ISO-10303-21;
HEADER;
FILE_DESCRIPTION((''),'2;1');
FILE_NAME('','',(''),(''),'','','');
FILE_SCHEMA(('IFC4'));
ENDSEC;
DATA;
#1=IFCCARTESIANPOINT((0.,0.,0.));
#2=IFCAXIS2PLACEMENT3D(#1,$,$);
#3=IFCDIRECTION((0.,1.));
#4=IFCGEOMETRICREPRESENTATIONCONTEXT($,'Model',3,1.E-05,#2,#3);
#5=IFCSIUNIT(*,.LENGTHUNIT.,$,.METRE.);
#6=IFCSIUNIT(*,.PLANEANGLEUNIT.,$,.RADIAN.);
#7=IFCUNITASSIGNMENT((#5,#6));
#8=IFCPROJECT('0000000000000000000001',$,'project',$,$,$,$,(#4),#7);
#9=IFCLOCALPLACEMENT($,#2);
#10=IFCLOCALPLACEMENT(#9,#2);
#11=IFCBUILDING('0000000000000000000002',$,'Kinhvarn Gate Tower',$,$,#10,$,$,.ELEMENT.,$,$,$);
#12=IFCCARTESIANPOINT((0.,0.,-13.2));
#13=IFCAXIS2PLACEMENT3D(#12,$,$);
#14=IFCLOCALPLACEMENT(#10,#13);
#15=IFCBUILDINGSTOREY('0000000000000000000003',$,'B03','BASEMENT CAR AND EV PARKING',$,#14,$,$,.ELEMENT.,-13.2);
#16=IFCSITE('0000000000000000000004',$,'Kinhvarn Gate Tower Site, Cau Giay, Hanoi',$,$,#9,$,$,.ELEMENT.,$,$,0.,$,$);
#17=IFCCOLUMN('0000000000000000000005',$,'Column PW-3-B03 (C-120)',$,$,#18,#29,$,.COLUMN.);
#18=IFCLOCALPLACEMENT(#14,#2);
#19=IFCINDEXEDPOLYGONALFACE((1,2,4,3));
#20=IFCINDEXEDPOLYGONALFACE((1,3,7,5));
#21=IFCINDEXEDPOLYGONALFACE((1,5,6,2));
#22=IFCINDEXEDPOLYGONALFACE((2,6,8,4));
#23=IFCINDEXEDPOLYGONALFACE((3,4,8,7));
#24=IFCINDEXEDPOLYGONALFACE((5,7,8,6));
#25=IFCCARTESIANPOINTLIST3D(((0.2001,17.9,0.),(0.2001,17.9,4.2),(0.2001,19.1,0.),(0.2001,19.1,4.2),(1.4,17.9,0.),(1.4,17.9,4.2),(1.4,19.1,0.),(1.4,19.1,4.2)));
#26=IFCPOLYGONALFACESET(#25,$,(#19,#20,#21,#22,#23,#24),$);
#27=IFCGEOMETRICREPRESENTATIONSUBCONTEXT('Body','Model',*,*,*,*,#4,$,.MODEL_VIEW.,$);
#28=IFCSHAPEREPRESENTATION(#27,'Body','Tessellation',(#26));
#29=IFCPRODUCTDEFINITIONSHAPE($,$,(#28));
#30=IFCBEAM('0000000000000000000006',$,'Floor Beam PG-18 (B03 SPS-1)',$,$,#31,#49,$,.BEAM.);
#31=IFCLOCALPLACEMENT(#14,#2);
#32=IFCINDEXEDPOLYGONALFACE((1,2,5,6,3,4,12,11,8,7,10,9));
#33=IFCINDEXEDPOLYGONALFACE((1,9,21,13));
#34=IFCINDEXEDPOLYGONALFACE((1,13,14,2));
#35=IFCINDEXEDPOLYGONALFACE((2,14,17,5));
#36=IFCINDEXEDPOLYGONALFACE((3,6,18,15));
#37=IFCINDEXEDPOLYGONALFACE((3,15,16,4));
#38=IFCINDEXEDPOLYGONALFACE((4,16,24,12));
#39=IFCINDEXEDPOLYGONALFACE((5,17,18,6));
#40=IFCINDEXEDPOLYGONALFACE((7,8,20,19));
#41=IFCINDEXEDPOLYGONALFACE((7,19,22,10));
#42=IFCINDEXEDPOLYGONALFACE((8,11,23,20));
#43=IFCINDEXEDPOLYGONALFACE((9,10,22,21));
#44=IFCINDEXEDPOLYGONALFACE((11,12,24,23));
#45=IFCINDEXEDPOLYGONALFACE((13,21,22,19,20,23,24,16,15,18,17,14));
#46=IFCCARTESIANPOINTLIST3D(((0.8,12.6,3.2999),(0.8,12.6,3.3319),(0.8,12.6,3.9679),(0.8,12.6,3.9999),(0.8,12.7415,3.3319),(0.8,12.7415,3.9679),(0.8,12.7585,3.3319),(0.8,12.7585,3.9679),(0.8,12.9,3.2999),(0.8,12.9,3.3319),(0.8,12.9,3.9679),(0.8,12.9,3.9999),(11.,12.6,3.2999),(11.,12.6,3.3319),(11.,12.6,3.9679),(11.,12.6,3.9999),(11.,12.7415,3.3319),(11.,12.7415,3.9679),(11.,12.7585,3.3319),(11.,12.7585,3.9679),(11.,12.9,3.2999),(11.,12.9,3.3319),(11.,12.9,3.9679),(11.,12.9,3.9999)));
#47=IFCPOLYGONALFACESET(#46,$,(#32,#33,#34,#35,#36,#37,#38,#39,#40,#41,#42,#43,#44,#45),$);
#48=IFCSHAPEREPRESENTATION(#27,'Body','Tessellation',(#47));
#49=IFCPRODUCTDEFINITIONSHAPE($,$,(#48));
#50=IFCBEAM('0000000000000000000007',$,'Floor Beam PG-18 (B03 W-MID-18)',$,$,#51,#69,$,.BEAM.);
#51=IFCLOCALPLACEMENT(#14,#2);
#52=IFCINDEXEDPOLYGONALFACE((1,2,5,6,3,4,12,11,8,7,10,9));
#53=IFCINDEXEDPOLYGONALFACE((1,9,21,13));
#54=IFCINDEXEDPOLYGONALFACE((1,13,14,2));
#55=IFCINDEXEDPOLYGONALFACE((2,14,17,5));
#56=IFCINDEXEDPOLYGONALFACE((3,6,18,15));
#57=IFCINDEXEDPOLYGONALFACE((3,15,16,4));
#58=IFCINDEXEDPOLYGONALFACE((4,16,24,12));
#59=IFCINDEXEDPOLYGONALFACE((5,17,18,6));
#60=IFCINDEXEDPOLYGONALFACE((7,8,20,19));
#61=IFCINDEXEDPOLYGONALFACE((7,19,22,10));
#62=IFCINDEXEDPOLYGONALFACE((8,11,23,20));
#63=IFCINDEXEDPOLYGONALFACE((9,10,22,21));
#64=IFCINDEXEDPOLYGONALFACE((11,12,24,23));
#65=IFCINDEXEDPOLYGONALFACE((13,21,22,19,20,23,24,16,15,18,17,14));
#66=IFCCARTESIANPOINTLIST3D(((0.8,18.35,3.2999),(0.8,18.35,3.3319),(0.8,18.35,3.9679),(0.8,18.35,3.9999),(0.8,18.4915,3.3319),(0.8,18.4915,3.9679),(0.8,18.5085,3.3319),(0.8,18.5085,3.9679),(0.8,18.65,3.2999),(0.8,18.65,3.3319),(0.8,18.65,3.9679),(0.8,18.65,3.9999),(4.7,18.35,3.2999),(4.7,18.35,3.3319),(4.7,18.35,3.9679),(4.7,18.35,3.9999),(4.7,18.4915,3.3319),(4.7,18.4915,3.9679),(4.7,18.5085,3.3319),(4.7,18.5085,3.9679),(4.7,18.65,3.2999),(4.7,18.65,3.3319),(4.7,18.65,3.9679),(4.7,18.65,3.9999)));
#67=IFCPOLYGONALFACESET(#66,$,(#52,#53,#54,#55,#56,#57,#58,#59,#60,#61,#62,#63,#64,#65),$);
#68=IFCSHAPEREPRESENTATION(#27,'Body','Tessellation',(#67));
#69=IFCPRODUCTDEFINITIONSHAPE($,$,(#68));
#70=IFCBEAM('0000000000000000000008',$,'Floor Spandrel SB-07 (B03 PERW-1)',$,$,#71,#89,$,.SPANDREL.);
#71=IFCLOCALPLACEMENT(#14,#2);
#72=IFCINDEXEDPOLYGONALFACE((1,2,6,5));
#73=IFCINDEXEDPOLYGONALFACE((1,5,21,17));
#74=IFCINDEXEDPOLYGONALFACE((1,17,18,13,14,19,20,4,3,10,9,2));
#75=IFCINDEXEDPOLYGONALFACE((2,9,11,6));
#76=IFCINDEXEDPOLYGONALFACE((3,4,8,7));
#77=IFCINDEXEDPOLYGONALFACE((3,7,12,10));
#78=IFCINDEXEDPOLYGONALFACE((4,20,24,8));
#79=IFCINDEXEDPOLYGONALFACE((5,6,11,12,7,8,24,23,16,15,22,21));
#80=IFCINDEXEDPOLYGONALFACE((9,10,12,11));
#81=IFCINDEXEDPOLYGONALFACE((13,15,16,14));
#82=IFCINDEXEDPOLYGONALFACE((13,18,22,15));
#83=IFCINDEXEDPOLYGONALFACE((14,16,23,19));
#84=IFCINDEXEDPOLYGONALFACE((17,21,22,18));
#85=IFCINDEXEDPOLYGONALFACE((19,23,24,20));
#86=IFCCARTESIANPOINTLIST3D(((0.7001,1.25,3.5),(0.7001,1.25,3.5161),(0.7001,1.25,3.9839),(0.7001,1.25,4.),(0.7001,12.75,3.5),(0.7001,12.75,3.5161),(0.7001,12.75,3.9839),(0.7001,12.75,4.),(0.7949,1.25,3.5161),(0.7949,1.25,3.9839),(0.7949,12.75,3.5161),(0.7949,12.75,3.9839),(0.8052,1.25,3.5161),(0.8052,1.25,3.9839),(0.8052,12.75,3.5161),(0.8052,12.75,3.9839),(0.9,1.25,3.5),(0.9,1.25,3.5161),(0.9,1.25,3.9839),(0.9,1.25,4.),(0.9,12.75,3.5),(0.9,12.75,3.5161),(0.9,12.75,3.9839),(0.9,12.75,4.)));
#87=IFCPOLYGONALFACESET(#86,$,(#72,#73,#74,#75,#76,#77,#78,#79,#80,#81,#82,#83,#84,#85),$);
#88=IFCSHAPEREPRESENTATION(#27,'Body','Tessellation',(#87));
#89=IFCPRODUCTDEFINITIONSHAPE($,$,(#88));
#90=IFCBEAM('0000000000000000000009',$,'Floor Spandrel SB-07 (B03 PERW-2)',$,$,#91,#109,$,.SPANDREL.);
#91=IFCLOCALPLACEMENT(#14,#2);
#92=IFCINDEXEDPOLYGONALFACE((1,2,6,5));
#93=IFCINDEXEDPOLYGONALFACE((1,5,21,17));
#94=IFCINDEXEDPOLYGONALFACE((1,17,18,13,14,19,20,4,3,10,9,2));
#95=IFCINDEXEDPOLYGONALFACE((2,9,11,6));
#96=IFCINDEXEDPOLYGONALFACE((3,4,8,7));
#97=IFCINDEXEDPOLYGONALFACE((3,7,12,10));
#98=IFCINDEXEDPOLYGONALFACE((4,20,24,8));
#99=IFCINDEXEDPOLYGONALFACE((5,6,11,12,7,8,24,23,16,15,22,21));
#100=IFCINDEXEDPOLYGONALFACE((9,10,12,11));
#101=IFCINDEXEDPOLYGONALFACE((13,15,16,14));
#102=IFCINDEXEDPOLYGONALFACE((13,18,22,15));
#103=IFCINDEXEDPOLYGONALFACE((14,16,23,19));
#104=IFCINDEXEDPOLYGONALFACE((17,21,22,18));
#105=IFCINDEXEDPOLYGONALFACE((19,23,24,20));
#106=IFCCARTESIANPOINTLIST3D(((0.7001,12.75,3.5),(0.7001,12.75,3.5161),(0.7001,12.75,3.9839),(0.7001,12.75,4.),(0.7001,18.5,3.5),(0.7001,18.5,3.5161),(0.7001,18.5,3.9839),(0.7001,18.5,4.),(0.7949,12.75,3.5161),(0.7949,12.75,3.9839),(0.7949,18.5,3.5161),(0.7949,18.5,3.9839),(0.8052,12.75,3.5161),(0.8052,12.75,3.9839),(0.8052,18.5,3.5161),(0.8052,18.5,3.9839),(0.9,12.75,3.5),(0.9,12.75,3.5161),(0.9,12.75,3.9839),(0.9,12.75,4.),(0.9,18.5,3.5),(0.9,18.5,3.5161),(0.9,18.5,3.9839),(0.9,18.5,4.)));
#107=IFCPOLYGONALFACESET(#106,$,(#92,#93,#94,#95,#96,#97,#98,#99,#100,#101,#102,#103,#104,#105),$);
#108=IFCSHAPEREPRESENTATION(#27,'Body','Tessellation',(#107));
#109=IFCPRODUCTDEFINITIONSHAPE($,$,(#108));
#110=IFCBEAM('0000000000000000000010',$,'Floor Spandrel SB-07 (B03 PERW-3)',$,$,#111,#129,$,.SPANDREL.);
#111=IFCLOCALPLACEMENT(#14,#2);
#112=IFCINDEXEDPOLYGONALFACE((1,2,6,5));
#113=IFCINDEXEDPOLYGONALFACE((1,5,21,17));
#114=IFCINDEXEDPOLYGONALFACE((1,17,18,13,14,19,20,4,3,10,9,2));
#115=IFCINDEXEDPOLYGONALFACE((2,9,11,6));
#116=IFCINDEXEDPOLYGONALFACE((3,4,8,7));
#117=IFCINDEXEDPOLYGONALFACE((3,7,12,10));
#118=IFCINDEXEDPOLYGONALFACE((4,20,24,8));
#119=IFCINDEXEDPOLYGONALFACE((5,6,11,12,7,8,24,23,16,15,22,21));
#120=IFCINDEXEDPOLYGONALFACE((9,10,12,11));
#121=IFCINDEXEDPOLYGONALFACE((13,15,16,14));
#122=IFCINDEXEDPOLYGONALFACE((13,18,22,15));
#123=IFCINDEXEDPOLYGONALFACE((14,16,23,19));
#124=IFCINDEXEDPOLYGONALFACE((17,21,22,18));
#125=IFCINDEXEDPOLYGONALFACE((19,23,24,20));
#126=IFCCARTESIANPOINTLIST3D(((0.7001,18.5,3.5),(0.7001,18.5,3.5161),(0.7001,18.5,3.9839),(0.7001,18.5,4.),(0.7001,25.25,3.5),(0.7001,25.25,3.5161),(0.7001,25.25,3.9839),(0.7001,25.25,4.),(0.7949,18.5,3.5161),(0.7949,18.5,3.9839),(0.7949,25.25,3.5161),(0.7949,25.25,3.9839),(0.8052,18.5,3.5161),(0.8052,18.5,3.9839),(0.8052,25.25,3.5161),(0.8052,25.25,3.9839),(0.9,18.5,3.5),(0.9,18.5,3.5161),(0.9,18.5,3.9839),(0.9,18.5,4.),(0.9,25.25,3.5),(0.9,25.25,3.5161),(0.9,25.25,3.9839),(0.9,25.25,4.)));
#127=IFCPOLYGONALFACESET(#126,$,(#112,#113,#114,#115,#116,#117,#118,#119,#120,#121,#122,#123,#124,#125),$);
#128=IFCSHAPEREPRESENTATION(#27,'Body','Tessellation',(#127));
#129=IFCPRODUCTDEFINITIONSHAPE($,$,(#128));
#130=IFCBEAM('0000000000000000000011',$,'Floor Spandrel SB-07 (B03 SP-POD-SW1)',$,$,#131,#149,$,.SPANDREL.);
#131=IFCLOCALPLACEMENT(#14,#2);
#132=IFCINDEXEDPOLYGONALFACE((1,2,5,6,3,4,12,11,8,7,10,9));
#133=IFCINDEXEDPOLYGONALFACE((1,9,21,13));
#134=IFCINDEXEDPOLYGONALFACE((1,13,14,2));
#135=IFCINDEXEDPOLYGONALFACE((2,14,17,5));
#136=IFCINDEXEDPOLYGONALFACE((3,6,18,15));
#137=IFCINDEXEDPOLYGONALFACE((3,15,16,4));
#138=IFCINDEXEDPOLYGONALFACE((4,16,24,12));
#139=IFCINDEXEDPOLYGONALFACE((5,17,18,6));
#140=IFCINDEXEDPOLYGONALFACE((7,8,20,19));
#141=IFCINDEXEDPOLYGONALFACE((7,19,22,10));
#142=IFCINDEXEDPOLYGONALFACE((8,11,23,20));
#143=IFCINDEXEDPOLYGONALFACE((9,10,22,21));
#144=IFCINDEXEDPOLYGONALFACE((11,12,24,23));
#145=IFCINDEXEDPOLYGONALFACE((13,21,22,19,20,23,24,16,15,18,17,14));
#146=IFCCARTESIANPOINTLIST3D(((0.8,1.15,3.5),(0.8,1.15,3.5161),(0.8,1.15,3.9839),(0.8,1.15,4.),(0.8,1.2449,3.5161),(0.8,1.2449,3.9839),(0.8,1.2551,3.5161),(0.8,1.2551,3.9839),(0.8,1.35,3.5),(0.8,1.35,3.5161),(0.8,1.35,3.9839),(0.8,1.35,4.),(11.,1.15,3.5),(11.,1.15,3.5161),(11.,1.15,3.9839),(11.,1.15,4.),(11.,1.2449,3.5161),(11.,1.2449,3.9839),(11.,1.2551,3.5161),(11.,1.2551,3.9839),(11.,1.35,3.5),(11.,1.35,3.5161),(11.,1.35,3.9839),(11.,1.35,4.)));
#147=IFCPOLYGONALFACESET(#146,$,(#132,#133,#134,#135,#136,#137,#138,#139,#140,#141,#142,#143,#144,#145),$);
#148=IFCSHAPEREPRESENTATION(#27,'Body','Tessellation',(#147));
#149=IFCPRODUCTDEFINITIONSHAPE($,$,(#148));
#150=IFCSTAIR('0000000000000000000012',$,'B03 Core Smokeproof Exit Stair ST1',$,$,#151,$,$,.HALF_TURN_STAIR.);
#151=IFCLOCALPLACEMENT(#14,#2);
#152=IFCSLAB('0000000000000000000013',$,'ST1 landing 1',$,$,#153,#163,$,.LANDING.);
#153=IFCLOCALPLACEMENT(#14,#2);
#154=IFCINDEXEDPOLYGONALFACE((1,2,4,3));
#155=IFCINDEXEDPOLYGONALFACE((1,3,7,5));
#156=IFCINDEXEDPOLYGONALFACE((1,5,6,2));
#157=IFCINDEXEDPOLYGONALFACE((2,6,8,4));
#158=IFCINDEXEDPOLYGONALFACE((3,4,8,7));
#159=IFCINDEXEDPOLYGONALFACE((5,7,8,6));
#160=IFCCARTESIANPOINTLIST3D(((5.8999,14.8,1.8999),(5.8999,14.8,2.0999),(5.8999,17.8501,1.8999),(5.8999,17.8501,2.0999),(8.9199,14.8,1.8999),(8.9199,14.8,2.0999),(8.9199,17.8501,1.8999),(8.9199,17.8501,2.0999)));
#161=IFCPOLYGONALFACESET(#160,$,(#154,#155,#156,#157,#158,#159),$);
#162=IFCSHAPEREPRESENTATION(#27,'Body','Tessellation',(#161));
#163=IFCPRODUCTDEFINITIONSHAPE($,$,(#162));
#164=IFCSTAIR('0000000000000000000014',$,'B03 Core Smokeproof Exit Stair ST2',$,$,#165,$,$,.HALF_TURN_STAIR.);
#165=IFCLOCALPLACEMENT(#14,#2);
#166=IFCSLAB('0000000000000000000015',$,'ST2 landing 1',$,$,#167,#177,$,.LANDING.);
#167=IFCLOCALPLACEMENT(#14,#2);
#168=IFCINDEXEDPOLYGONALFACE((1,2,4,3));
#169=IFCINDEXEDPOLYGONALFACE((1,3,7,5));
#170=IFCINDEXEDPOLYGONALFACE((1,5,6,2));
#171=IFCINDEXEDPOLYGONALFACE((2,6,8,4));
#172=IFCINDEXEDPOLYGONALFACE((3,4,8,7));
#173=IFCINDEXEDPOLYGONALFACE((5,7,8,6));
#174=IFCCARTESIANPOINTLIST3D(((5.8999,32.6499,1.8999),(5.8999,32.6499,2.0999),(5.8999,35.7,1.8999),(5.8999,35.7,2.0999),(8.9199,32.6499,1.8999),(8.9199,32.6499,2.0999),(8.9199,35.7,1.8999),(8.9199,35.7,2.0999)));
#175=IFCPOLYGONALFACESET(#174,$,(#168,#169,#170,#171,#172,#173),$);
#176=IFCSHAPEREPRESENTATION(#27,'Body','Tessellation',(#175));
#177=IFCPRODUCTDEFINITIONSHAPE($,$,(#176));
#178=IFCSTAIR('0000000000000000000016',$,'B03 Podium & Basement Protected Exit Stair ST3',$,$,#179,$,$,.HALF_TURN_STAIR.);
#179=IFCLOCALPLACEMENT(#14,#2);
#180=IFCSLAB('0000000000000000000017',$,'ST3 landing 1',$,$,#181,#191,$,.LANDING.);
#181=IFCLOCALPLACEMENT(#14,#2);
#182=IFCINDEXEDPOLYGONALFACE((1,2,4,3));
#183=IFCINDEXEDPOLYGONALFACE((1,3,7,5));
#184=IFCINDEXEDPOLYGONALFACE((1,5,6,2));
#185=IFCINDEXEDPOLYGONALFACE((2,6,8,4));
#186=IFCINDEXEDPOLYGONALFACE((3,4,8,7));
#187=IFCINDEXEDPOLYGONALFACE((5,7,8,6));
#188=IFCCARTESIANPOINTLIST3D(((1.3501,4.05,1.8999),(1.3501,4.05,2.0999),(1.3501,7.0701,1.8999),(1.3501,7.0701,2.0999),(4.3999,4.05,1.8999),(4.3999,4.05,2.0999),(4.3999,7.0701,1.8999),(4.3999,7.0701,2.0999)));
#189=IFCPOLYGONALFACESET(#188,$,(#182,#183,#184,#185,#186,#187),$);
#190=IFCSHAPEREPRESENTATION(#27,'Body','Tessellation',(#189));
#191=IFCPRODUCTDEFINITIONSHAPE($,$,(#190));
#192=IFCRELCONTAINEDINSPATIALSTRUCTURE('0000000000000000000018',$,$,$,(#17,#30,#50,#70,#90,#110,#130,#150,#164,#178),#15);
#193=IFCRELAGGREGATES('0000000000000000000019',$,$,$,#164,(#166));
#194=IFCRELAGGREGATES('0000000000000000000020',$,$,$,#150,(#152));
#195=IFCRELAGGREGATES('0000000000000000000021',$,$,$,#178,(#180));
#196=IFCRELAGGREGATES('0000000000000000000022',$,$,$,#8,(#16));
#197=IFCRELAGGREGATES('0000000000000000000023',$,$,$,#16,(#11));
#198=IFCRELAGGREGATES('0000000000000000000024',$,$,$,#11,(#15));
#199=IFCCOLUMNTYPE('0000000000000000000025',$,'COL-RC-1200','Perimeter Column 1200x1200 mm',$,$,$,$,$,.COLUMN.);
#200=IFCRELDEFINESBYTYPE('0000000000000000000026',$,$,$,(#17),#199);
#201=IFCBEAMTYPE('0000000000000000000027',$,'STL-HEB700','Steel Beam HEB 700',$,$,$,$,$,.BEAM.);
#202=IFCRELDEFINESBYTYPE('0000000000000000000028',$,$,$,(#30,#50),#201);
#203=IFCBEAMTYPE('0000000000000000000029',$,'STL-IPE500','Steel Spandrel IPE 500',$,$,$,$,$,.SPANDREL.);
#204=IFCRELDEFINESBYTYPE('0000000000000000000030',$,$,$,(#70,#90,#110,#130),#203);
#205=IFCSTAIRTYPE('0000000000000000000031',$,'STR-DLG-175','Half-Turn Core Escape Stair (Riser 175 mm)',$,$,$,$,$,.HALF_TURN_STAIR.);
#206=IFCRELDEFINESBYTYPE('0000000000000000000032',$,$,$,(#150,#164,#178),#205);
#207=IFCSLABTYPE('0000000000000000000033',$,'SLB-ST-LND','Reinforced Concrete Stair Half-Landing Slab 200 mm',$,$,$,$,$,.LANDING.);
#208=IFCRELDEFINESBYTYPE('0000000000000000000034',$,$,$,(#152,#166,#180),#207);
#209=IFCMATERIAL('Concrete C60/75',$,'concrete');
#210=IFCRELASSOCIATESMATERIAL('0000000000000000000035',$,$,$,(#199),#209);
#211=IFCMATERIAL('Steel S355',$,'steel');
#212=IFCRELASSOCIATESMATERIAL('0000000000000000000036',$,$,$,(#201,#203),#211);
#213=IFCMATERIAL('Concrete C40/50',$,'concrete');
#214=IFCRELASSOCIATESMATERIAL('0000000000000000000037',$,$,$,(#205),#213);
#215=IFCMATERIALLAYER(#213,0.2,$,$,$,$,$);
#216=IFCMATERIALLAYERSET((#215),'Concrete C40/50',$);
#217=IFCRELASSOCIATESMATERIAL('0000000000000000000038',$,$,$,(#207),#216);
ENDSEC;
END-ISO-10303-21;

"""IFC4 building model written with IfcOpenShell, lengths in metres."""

from ifc_helpers import new_model, si_unit, direction, frame, origin, origin_2d, place, context, subcontext, project, spatial, polyline, rectangle, i_section, outline, extrude, material, layer, layer_set, material_profile, profile_set, type_object, element, aggregate, save


model = new_model("IFC4")

# Units and contexts
model_context = context("Model", 3, precision=1e-05, world=origin(), true_north=direction((0.0, 1.0)))
body_context = subcontext(model_context, "Body", "Model", "MODEL_VIEW")
ifc_project = project(units=[si_unit("LENGTHUNIT", "METRE"), si_unit("PLANEANGLEUNIT", "RADIAN")], contexts=[model_context])

# Site, building, storey
site_placement = place(None, origin())
site = spatial("IfcSite", under=ifc_project, at=site_placement, Name="Kinhvarn Gate Tower Site, Cau Giay, Hanoi", CompositionType="ELEMENT", RefElevation=0.0)
building_placement = place(site_placement, origin())
building = spatial("IfcBuilding", under=site, at=building_placement, Name="Kinhvarn Gate Tower", CompositionType="ELEMENT")
storey_placement = place(building_placement, frame((0.0, 0.0, -13.2)))
storey = spatial("IfcBuildingStorey", under=building, at=storey_placement, Name="B03", Description="BASEMENT CAR AND EV PARKING", CompositionType="ELEMENT", Elevation=-13.2)

# Column
ifc_material_1 = material(Name="Concrete C60/75", Category="concrete")
ifc_material_profile_1 = material_profile(ifc_material_1, rectangle(XDim=1.2, YDim=1.2, at=origin_2d()), Name="RC 1200x1200")
ifc_profile_set_1 = profile_set([ifc_material_profile_1], Name="Concrete C60/75")
column_type = type_object("IfcColumnType", Name="COL-RC-1200", Description="Perimeter Column 1200x1200 mm", PredefinedType="COLUMN", material=ifc_profile_set_1)
column_placement = place(storey_placement, frame((0.8, 18.5, 0.0), z_axis=(0.0, 0.0, 1.0), x_axis=(1.0, 0.0, 0.0)))
element("IfcColumn", 1, at=column_placement, inside=storey, type_object=column_type, Name="Column PW-3-B03 (C-120)", PredefinedType="COLUMN", context=body_context, shape_type="SweptSolid", body=[
    extrude(rectangle(XDim=1.2, YDim=1.2, at=origin_2d()), origin(), (0.0, 0.0, 1.0), 4.2),
])

# Beams
ifc_material_2 = material(Name="Steel S355", Category="steel")
ifc_material_profile_2 = material_profile(ifc_material_2, i_section(OverallWidth=0.3, OverallDepth=0.7, WebThickness=0.0171, FlangeThickness=0.032, at=origin_2d()), Name="HEB 700")
ifc_profile_set_2 = profile_set([ifc_material_profile_2], Name="Steel S355")
beam_type_1 = type_object("IfcBeamType", Name="STL-HEB700", Description="Steel Beam HEB 700", PredefinedType="BEAM", material=ifc_profile_set_2)
beam_1_placement = place(storey_placement, frame((0.8, 12.75, 3.6499), z_axis=(1.0, 0.0, 0.0), x_axis=(0.0, 1.0, 0.0)))
element("IfcBeam", 2, at=beam_1_placement, inside=storey, type_object=beam_type_1, Name="Floor Beam PG-18 (B03 SPS-1)", PredefinedType="BEAM", context=body_context, shape_type="SweptSolid", body=[
    extrude(i_section(OverallWidth=0.3, OverallDepth=0.7, WebThickness=0.0171, FlangeThickness=0.032, at=origin_2d()), origin(), (0.0, 0.0, 1.0), 10.2),
])
beam_2_placement = place(storey_placement, frame((0.8, 18.5, 3.6499), z_axis=(1.0, 0.0, 0.0), x_axis=(0.0, 1.0, 0.0)))
element("IfcBeam", 3, at=beam_2_placement, inside=storey, type_object=beam_type_1, Name="Floor Beam PG-18 (B03 W-MID-18)", PredefinedType="BEAM", context=body_context, shape_type="SweptSolid", body=[
    extrude(i_section(OverallWidth=0.3, OverallDepth=0.7, WebThickness=0.0171, FlangeThickness=0.032, at=origin_2d()), origin(), (0.0, 0.0, 1.0), 3.8999),
])
ifc_material_profile_3 = material_profile(ifc_material_2, i_section(OverallWidth=0.2, OverallDepth=0.5, WebThickness=0.0103, FlangeThickness=0.0161, at=origin_2d()), Name="IPE 500")
ifc_profile_set_3 = profile_set([ifc_material_profile_3], Name="Steel S355")
beam_type_2 = type_object("IfcBeamType", Name="STL-IPE500", Description="Steel Spandrel IPE 500", PredefinedType="SPANDREL", material=ifc_profile_set_3)
beam_3_placement = place(storey_placement, frame((0.8, 1.25, 3.75), z_axis=(0.0, 1.0, 0.0), x_axis=(-1.0, 0.0, 0.0)))
element("IfcBeam", 4, at=beam_3_placement, inside=storey, type_object=beam_type_2, Name="Floor Spandrel SB-07 (B03 PERW-1)", PredefinedType="SPANDREL", context=body_context, shape_type="SweptSolid", body=[
    extrude(i_section(OverallWidth=0.2, OverallDepth=0.5, WebThickness=0.0103, FlangeThickness=0.0161, at=origin_2d()), origin(), (0.0, 0.0, 1.0), 11.5),
])
beam_4_placement = place(storey_placement, frame((0.8, 12.75, 3.75), z_axis=(0.0, 1.0, 0.0), x_axis=(-1.0, 0.0, 0.0)))
element("IfcBeam", 5, at=beam_4_placement, inside=storey, type_object=beam_type_2, Name="Floor Spandrel SB-07 (B03 PERW-2)", PredefinedType="SPANDREL", context=body_context, shape_type="SweptSolid", body=[
    extrude(i_section(OverallWidth=0.2, OverallDepth=0.5, WebThickness=0.0103, FlangeThickness=0.0161, at=origin_2d()), origin(), (0.0, 0.0, 1.0), 5.75),
])
beam_5_placement = place(storey_placement, frame((0.8, 18.5, 3.75), z_axis=(0.0, 1.0, 0.0), x_axis=(-1.0, 0.0, 0.0)))
element("IfcBeam", 6, at=beam_5_placement, inside=storey, type_object=beam_type_2, Name="Floor Spandrel SB-07 (B03 PERW-3)", PredefinedType="SPANDREL", context=body_context, shape_type="SweptSolid", body=[
    extrude(i_section(OverallWidth=0.2, OverallDepth=0.5, WebThickness=0.0103, FlangeThickness=0.0161, at=origin_2d()), origin(), (0.0, 0.0, 1.0), 6.75),
])
beam_6_placement = place(storey_placement, frame((0.8, 1.25, 3.75), z_axis=(1.0, 0.0, 0.0), x_axis=(0.0, 1.0, 0.0)))
element("IfcBeam", 7, at=beam_6_placement, inside=storey, type_object=beam_type_2, Name="Floor Spandrel SB-07 (B03 SP-POD-SW1)", PredefinedType="SPANDREL", context=body_context, shape_type="SweptSolid", body=[
    extrude(i_section(OverallWidth=0.2, OverallDepth=0.5, WebThickness=0.0103, FlangeThickness=0.0161, at=origin_2d()), origin(), (0.0, 0.0, 1.0), 10.2),
])

# Stairs, slabs
ifc_material_3 = material(Name="Concrete C40/50", Category="concrete")
stair_type = type_object("IfcStairType", Name="STR-DLG-175", Description="Half-Turn Core Escape Stair (Riser 175 mm)", PredefinedType="HALF_TURN_STAIR", material=ifc_material_3)
stair_1_placement = place(storey_placement, origin())
stair_1 = element("IfcStair", 8, at=stair_1_placement, inside=storey, type_object=stair_type, Name="B03 Core Smokeproof Exit Stair ST1", PredefinedType="HALF_TURN_STAIR")
ifc_layer_1 = layer(ifc_material_3, 0.2)
ifc_layer_set_1 = layer_set([ifc_layer_1], Name="Concrete C40/50")
slab_type = type_object("IfcSlabType", Name="SLB-ST-LND", Description="Reinforced Concrete Stair Half-Landing Slab 200 mm", PredefinedType="LANDING", material=ifc_layer_set_1)
slab_1_placement = place(storey_placement, frame((0.0, 0.0, 1.8999)))
slab_1 = element("IfcSlab", 9, at=slab_1_placement, type_object=slab_type, Name="ST1 landing 1", PredefinedType="LANDING", context=body_context, shape_type="SweptSolid", body=[
    extrude(outline(polyline([(8.9199, 17.8501), (5.8999, 17.8501), (5.8999, 14.8), (8.9199, 14.8), (8.9199, 17.8501)])), origin(), (0.0, 0.0, 1.0), 0.2),
])
stair_2_placement = place(storey_placement, origin())
stair_2 = element("IfcStair", 10, at=stair_2_placement, inside=storey, type_object=stair_type, Name="B03 Core Smokeproof Exit Stair ST2", PredefinedType="HALF_TURN_STAIR")
slab_2_placement = place(storey_placement, frame((0.0, 0.0, 1.8999)))
slab_2 = element("IfcSlab", 11, at=slab_2_placement, type_object=slab_type, Name="ST2 landing 1", PredefinedType="LANDING", context=body_context, shape_type="SweptSolid", body=[
    extrude(outline(polyline([(8.9199, 35.7), (5.8999, 35.7), (5.8999, 32.6499), (8.9199, 32.6499), (8.9199, 35.7)])), origin(), (0.0, 0.0, 1.0), 0.2),
])
aggregate(stair_2, [slab_2])
stair_3_placement = place(storey_placement, origin())
stair_3 = element("IfcStair", 12, at=stair_3_placement, inside=storey, type_object=stair_type, Name="B03 Podium & Basement Protected Exit Stair ST3", PredefinedType="HALF_TURN_STAIR")
slab_3_placement = place(storey_placement, frame((0.0, 0.0, 1.8999)))
slab_3 = element("IfcSlab", 13, at=slab_3_placement, type_object=slab_type, Name="ST3 landing 1", PredefinedType="LANDING", context=body_context, shape_type="SweptSolid", body=[
    extrude(outline(polyline([(1.3501, 7.0701), (1.3501, 4.05), (4.3999, 4.05), (4.3999, 7.0701), (1.3501, 7.0701)])), origin(), (0.0, 0.0, 1.0), 0.2),
])

aggregate(stair_1, [slab_1])
aggregate(stair_3, [slab_3])

save(model, "model.ifc")
